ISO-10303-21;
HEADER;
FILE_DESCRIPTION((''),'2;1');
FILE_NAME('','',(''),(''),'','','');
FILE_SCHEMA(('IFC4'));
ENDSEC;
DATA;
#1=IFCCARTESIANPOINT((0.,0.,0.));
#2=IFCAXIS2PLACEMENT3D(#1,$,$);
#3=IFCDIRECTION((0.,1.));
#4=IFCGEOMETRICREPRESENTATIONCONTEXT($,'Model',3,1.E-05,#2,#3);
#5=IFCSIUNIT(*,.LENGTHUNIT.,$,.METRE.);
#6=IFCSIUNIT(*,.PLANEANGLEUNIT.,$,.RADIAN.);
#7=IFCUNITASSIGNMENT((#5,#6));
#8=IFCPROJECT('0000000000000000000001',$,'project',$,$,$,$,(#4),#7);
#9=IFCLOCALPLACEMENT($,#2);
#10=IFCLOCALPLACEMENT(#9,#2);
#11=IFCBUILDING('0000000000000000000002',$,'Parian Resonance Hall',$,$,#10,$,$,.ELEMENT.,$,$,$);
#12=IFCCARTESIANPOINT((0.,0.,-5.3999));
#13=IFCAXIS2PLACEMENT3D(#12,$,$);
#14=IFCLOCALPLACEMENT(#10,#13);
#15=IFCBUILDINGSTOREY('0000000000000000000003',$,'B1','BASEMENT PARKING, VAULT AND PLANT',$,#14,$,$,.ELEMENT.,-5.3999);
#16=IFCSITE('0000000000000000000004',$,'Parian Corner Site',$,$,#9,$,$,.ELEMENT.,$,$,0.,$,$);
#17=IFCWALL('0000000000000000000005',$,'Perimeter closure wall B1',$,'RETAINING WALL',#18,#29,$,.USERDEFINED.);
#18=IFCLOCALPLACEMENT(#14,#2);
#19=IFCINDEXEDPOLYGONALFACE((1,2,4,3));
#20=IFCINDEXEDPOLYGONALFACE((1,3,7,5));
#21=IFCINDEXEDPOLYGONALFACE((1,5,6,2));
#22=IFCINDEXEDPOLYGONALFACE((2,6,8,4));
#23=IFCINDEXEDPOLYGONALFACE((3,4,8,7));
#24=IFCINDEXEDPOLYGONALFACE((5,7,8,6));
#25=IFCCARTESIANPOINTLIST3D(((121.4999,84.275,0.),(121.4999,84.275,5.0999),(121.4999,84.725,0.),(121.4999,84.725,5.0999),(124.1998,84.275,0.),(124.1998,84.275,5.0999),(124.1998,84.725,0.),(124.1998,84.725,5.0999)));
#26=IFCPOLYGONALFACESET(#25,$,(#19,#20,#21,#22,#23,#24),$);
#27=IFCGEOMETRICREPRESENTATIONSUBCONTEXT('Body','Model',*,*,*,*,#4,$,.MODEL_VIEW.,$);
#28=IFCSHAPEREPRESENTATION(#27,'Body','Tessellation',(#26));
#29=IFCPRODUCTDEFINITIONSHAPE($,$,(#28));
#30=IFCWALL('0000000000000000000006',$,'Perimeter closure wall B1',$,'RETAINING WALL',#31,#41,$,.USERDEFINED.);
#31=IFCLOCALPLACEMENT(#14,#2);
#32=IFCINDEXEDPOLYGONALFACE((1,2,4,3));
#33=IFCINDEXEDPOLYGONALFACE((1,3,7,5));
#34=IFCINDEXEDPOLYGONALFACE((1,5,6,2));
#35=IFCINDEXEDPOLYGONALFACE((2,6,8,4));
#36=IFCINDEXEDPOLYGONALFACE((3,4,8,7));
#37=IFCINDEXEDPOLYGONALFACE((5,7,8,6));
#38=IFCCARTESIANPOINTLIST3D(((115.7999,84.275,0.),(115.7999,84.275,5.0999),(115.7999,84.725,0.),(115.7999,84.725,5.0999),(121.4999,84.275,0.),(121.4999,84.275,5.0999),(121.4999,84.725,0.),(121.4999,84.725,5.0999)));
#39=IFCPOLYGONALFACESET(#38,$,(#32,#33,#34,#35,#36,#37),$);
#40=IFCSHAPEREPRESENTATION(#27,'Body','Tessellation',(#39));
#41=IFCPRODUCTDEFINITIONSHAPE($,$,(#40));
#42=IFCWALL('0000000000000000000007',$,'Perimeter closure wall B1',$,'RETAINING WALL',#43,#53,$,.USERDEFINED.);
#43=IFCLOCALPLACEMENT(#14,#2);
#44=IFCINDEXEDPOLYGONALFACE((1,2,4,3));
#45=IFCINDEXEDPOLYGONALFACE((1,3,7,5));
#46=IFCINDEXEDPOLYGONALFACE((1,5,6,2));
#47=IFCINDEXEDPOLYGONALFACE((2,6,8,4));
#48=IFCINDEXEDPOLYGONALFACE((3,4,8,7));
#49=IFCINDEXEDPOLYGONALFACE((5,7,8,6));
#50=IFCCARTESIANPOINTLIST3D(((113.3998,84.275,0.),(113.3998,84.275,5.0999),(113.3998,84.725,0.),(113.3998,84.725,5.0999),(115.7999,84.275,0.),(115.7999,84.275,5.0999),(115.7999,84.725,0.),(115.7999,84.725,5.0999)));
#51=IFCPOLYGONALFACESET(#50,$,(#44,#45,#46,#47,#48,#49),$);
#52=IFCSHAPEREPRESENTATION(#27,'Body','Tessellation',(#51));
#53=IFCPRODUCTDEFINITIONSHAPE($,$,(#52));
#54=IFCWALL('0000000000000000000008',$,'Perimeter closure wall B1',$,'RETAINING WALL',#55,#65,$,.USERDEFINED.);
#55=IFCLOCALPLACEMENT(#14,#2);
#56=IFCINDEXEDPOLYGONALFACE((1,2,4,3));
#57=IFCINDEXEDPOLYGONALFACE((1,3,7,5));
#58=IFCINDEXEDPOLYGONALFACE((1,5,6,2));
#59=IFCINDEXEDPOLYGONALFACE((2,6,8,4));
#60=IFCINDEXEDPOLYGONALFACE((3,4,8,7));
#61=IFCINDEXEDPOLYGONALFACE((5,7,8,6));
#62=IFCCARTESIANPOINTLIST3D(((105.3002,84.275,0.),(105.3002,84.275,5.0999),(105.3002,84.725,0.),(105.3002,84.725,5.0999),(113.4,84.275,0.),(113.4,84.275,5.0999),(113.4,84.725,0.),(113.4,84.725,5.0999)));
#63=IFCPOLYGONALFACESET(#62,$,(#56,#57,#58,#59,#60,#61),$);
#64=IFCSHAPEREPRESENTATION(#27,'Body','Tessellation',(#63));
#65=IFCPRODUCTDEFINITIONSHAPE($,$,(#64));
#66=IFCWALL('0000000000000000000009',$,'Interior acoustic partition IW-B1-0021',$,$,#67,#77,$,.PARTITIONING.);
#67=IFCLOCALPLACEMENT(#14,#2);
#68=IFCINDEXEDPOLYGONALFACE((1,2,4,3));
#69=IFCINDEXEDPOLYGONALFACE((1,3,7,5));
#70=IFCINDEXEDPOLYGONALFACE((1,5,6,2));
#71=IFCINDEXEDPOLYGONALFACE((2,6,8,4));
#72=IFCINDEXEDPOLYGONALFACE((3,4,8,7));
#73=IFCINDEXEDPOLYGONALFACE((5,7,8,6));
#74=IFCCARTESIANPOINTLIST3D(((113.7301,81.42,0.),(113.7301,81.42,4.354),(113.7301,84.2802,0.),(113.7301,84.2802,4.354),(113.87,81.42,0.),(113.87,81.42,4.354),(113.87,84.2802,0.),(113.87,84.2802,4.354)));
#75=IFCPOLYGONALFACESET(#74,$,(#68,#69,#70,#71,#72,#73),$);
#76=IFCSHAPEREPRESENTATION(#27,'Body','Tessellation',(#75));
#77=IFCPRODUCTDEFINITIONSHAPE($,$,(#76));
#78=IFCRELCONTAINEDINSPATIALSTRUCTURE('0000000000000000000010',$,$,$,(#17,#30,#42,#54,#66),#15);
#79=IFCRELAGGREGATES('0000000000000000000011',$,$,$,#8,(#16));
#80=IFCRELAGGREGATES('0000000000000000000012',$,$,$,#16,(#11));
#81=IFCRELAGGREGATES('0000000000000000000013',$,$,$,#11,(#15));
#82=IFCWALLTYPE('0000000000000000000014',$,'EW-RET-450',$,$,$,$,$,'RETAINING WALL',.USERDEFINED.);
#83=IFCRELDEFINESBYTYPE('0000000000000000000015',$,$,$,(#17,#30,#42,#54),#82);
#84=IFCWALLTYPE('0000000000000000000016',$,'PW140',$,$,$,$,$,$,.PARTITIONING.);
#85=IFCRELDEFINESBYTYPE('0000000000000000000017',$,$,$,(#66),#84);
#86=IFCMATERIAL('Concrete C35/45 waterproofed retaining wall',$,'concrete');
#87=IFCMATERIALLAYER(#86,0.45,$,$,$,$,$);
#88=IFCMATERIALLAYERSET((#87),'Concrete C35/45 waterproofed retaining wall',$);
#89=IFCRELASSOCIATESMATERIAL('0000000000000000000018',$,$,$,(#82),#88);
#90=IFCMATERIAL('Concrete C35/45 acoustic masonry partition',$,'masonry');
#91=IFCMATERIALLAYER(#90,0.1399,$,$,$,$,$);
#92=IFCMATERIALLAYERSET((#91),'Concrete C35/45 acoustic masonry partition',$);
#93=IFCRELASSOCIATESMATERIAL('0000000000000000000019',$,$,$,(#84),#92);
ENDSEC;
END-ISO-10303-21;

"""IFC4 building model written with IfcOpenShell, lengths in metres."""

from ifc_helpers import new_model, si_unit, direction, frame, frame_2d, origin, place, context, subcontext, project, spatial, rectangle, extrude, material, layer, layer_set, type_object, element, save


model = new_model("IFC4")

# Units and contexts
model_context = context("Model", 3, precision=1e-05, world=origin(), true_north=direction((0.0, 1.0)))
body_context = subcontext(model_context, "Body", "Model", "MODEL_VIEW")
ifc_project = project(units=[si_unit("LENGTHUNIT", "METRE"), si_unit("PLANEANGLEUNIT", "RADIAN")], contexts=[model_context])

# Site, building, storey
site_placement = place(None, origin())
site = spatial("IfcSite", under=ifc_project, at=site_placement, Name="Parian Corner Site", CompositionType="ELEMENT", RefElevation=0.0)
building_placement = place(site_placement, origin())
building = spatial("IfcBuilding", under=site, at=building_placement, Name="Parian Resonance Hall", CompositionType="ELEMENT")
storey_placement = place(building_placement, frame((0.0, 0.0, -5.3999)))
storey = spatial("IfcBuildingStorey", under=building, at=storey_placement, Name="B1", Description="BASEMENT PARKING, VAULT AND PLANT", CompositionType="ELEMENT", Elevation=-5.3999)

# Walls
ifc_material_1 = material(Name="Concrete C35/45 waterproofed retaining wall", Category="concrete")
ifc_layer_1 = layer(ifc_material_1, 0.45)
ifc_layer_set_1 = layer_set([ifc_layer_1], Name="Concrete C35/45 waterproofed retaining wall")
wall_type_1 = type_object("IfcWallType", Name="EW-RET-450", ElementType="RETAINING WALL", PredefinedType="USERDEFINED", material=ifc_layer_set_1)
wall_1_placement = place(storey_placement, frame((124.2, 84.5, 0.0), z_axis=(0.0, 0.0, 1.0), x_axis=(-1.0, 0.0, 0.0)))
element("IfcWall", 1, at=wall_1_placement, inside=storey, type_object=wall_type_1, Name="Perimeter closure wall B1", ObjectType="RETAINING WALL", PredefinedType="USERDEFINED", context=body_context, shape_type="SweptSolid", body=[
    extrude(rectangle(XDim=2.7, YDim=0.45, at=frame_2d((1.3501, 0.0))), origin(), (0.0, 0.0, 1.0), 5.0999),
])
wall_2_placement = place(storey_placement, frame((121.5, 84.5, 0.0), z_axis=(0.0, 0.0, 1.0), x_axis=(-1.0, 0.0, 0.0)))
element("IfcWall", 2, at=wall_2_placement, inside=storey, type_object=wall_type_1, Name="Perimeter closure wall B1", ObjectType="RETAINING WALL", PredefinedType="USERDEFINED", context=body_context, shape_type="SweptSolid", body=[
    extrude(rectangle(XDim=5.7, YDim=0.45, at=frame_2d((2.8501, 0.0))), origin(), (0.0, 0.0, 1.0), 5.0999),
])
wall_3_placement = place(storey_placement, frame((115.8, 84.5, 0.0), z_axis=(0.0, 0.0, 1.0), x_axis=(-1.0, 0.0, 0.0)))
element("IfcWall", 3, at=wall_3_placement, inside=storey, type_object=wall_type_1, Name="Perimeter closure wall B1", ObjectType="RETAINING WALL", PredefinedType="USERDEFINED", context=body_context, shape_type="SweptSolid", body=[
    extrude(rectangle(XDim=2.4001, YDim=0.45, at=frame_2d((1.2002, 0.0))), origin(), (0.0, 0.0, 1.0), 5.0999),
])
wall_4_placement = place(storey_placement, frame((113.3999, 84.5, 0.0), z_axis=(0.0, 0.0, 1.0), x_axis=(-1.0, 0.0, 0.0)))
element("IfcWall", 4, at=wall_4_placement, inside=storey, type_object=wall_type_1, Name="Perimeter closure wall B1", ObjectType="RETAINING WALL", PredefinedType="USERDEFINED", context=body_context, shape_type="SweptSolid", body=[
    extrude(rectangle(XDim=8.0999, YDim=0.45, at=frame_2d((4.0498, 0.0))), origin(), (0.0, 0.0, 1.0), 5.0999),
])
ifc_material_2 = material(Name="Concrete C35/45 acoustic masonry partition", Category="masonry")
ifc_layer_2 = layer(ifc_material_2, 0.1399)
ifc_layer_set_2 = layer_set([ifc_layer_2], Name="Concrete C35/45 acoustic masonry partition")
wall_type_2 = type_object("IfcWallType", Name="PW140", PredefinedType="PARTITIONING", material=ifc_layer_set_2)
wall_5_placement = place(storey_placement, frame((113.8, 81.4199, 0.0), z_axis=(0.0, 0.0, 1.0), x_axis=(0.0, 1.0, 0.0)))
element("IfcWall", 5, at=wall_5_placement, inside=storey, type_object=wall_type_2, Name="Interior acoustic partition IW-B1-0021", PredefinedType="PARTITIONING", context=body_context, shape_type="SweptSolid", body=[
    extrude(rectangle(XDim=2.8601, YDim=0.1399, at=frame_2d((1.4302, 0.0))), origin(), (0.0, 0.0, 1.0), 4.354),
])

save(model, "model.ifc")
